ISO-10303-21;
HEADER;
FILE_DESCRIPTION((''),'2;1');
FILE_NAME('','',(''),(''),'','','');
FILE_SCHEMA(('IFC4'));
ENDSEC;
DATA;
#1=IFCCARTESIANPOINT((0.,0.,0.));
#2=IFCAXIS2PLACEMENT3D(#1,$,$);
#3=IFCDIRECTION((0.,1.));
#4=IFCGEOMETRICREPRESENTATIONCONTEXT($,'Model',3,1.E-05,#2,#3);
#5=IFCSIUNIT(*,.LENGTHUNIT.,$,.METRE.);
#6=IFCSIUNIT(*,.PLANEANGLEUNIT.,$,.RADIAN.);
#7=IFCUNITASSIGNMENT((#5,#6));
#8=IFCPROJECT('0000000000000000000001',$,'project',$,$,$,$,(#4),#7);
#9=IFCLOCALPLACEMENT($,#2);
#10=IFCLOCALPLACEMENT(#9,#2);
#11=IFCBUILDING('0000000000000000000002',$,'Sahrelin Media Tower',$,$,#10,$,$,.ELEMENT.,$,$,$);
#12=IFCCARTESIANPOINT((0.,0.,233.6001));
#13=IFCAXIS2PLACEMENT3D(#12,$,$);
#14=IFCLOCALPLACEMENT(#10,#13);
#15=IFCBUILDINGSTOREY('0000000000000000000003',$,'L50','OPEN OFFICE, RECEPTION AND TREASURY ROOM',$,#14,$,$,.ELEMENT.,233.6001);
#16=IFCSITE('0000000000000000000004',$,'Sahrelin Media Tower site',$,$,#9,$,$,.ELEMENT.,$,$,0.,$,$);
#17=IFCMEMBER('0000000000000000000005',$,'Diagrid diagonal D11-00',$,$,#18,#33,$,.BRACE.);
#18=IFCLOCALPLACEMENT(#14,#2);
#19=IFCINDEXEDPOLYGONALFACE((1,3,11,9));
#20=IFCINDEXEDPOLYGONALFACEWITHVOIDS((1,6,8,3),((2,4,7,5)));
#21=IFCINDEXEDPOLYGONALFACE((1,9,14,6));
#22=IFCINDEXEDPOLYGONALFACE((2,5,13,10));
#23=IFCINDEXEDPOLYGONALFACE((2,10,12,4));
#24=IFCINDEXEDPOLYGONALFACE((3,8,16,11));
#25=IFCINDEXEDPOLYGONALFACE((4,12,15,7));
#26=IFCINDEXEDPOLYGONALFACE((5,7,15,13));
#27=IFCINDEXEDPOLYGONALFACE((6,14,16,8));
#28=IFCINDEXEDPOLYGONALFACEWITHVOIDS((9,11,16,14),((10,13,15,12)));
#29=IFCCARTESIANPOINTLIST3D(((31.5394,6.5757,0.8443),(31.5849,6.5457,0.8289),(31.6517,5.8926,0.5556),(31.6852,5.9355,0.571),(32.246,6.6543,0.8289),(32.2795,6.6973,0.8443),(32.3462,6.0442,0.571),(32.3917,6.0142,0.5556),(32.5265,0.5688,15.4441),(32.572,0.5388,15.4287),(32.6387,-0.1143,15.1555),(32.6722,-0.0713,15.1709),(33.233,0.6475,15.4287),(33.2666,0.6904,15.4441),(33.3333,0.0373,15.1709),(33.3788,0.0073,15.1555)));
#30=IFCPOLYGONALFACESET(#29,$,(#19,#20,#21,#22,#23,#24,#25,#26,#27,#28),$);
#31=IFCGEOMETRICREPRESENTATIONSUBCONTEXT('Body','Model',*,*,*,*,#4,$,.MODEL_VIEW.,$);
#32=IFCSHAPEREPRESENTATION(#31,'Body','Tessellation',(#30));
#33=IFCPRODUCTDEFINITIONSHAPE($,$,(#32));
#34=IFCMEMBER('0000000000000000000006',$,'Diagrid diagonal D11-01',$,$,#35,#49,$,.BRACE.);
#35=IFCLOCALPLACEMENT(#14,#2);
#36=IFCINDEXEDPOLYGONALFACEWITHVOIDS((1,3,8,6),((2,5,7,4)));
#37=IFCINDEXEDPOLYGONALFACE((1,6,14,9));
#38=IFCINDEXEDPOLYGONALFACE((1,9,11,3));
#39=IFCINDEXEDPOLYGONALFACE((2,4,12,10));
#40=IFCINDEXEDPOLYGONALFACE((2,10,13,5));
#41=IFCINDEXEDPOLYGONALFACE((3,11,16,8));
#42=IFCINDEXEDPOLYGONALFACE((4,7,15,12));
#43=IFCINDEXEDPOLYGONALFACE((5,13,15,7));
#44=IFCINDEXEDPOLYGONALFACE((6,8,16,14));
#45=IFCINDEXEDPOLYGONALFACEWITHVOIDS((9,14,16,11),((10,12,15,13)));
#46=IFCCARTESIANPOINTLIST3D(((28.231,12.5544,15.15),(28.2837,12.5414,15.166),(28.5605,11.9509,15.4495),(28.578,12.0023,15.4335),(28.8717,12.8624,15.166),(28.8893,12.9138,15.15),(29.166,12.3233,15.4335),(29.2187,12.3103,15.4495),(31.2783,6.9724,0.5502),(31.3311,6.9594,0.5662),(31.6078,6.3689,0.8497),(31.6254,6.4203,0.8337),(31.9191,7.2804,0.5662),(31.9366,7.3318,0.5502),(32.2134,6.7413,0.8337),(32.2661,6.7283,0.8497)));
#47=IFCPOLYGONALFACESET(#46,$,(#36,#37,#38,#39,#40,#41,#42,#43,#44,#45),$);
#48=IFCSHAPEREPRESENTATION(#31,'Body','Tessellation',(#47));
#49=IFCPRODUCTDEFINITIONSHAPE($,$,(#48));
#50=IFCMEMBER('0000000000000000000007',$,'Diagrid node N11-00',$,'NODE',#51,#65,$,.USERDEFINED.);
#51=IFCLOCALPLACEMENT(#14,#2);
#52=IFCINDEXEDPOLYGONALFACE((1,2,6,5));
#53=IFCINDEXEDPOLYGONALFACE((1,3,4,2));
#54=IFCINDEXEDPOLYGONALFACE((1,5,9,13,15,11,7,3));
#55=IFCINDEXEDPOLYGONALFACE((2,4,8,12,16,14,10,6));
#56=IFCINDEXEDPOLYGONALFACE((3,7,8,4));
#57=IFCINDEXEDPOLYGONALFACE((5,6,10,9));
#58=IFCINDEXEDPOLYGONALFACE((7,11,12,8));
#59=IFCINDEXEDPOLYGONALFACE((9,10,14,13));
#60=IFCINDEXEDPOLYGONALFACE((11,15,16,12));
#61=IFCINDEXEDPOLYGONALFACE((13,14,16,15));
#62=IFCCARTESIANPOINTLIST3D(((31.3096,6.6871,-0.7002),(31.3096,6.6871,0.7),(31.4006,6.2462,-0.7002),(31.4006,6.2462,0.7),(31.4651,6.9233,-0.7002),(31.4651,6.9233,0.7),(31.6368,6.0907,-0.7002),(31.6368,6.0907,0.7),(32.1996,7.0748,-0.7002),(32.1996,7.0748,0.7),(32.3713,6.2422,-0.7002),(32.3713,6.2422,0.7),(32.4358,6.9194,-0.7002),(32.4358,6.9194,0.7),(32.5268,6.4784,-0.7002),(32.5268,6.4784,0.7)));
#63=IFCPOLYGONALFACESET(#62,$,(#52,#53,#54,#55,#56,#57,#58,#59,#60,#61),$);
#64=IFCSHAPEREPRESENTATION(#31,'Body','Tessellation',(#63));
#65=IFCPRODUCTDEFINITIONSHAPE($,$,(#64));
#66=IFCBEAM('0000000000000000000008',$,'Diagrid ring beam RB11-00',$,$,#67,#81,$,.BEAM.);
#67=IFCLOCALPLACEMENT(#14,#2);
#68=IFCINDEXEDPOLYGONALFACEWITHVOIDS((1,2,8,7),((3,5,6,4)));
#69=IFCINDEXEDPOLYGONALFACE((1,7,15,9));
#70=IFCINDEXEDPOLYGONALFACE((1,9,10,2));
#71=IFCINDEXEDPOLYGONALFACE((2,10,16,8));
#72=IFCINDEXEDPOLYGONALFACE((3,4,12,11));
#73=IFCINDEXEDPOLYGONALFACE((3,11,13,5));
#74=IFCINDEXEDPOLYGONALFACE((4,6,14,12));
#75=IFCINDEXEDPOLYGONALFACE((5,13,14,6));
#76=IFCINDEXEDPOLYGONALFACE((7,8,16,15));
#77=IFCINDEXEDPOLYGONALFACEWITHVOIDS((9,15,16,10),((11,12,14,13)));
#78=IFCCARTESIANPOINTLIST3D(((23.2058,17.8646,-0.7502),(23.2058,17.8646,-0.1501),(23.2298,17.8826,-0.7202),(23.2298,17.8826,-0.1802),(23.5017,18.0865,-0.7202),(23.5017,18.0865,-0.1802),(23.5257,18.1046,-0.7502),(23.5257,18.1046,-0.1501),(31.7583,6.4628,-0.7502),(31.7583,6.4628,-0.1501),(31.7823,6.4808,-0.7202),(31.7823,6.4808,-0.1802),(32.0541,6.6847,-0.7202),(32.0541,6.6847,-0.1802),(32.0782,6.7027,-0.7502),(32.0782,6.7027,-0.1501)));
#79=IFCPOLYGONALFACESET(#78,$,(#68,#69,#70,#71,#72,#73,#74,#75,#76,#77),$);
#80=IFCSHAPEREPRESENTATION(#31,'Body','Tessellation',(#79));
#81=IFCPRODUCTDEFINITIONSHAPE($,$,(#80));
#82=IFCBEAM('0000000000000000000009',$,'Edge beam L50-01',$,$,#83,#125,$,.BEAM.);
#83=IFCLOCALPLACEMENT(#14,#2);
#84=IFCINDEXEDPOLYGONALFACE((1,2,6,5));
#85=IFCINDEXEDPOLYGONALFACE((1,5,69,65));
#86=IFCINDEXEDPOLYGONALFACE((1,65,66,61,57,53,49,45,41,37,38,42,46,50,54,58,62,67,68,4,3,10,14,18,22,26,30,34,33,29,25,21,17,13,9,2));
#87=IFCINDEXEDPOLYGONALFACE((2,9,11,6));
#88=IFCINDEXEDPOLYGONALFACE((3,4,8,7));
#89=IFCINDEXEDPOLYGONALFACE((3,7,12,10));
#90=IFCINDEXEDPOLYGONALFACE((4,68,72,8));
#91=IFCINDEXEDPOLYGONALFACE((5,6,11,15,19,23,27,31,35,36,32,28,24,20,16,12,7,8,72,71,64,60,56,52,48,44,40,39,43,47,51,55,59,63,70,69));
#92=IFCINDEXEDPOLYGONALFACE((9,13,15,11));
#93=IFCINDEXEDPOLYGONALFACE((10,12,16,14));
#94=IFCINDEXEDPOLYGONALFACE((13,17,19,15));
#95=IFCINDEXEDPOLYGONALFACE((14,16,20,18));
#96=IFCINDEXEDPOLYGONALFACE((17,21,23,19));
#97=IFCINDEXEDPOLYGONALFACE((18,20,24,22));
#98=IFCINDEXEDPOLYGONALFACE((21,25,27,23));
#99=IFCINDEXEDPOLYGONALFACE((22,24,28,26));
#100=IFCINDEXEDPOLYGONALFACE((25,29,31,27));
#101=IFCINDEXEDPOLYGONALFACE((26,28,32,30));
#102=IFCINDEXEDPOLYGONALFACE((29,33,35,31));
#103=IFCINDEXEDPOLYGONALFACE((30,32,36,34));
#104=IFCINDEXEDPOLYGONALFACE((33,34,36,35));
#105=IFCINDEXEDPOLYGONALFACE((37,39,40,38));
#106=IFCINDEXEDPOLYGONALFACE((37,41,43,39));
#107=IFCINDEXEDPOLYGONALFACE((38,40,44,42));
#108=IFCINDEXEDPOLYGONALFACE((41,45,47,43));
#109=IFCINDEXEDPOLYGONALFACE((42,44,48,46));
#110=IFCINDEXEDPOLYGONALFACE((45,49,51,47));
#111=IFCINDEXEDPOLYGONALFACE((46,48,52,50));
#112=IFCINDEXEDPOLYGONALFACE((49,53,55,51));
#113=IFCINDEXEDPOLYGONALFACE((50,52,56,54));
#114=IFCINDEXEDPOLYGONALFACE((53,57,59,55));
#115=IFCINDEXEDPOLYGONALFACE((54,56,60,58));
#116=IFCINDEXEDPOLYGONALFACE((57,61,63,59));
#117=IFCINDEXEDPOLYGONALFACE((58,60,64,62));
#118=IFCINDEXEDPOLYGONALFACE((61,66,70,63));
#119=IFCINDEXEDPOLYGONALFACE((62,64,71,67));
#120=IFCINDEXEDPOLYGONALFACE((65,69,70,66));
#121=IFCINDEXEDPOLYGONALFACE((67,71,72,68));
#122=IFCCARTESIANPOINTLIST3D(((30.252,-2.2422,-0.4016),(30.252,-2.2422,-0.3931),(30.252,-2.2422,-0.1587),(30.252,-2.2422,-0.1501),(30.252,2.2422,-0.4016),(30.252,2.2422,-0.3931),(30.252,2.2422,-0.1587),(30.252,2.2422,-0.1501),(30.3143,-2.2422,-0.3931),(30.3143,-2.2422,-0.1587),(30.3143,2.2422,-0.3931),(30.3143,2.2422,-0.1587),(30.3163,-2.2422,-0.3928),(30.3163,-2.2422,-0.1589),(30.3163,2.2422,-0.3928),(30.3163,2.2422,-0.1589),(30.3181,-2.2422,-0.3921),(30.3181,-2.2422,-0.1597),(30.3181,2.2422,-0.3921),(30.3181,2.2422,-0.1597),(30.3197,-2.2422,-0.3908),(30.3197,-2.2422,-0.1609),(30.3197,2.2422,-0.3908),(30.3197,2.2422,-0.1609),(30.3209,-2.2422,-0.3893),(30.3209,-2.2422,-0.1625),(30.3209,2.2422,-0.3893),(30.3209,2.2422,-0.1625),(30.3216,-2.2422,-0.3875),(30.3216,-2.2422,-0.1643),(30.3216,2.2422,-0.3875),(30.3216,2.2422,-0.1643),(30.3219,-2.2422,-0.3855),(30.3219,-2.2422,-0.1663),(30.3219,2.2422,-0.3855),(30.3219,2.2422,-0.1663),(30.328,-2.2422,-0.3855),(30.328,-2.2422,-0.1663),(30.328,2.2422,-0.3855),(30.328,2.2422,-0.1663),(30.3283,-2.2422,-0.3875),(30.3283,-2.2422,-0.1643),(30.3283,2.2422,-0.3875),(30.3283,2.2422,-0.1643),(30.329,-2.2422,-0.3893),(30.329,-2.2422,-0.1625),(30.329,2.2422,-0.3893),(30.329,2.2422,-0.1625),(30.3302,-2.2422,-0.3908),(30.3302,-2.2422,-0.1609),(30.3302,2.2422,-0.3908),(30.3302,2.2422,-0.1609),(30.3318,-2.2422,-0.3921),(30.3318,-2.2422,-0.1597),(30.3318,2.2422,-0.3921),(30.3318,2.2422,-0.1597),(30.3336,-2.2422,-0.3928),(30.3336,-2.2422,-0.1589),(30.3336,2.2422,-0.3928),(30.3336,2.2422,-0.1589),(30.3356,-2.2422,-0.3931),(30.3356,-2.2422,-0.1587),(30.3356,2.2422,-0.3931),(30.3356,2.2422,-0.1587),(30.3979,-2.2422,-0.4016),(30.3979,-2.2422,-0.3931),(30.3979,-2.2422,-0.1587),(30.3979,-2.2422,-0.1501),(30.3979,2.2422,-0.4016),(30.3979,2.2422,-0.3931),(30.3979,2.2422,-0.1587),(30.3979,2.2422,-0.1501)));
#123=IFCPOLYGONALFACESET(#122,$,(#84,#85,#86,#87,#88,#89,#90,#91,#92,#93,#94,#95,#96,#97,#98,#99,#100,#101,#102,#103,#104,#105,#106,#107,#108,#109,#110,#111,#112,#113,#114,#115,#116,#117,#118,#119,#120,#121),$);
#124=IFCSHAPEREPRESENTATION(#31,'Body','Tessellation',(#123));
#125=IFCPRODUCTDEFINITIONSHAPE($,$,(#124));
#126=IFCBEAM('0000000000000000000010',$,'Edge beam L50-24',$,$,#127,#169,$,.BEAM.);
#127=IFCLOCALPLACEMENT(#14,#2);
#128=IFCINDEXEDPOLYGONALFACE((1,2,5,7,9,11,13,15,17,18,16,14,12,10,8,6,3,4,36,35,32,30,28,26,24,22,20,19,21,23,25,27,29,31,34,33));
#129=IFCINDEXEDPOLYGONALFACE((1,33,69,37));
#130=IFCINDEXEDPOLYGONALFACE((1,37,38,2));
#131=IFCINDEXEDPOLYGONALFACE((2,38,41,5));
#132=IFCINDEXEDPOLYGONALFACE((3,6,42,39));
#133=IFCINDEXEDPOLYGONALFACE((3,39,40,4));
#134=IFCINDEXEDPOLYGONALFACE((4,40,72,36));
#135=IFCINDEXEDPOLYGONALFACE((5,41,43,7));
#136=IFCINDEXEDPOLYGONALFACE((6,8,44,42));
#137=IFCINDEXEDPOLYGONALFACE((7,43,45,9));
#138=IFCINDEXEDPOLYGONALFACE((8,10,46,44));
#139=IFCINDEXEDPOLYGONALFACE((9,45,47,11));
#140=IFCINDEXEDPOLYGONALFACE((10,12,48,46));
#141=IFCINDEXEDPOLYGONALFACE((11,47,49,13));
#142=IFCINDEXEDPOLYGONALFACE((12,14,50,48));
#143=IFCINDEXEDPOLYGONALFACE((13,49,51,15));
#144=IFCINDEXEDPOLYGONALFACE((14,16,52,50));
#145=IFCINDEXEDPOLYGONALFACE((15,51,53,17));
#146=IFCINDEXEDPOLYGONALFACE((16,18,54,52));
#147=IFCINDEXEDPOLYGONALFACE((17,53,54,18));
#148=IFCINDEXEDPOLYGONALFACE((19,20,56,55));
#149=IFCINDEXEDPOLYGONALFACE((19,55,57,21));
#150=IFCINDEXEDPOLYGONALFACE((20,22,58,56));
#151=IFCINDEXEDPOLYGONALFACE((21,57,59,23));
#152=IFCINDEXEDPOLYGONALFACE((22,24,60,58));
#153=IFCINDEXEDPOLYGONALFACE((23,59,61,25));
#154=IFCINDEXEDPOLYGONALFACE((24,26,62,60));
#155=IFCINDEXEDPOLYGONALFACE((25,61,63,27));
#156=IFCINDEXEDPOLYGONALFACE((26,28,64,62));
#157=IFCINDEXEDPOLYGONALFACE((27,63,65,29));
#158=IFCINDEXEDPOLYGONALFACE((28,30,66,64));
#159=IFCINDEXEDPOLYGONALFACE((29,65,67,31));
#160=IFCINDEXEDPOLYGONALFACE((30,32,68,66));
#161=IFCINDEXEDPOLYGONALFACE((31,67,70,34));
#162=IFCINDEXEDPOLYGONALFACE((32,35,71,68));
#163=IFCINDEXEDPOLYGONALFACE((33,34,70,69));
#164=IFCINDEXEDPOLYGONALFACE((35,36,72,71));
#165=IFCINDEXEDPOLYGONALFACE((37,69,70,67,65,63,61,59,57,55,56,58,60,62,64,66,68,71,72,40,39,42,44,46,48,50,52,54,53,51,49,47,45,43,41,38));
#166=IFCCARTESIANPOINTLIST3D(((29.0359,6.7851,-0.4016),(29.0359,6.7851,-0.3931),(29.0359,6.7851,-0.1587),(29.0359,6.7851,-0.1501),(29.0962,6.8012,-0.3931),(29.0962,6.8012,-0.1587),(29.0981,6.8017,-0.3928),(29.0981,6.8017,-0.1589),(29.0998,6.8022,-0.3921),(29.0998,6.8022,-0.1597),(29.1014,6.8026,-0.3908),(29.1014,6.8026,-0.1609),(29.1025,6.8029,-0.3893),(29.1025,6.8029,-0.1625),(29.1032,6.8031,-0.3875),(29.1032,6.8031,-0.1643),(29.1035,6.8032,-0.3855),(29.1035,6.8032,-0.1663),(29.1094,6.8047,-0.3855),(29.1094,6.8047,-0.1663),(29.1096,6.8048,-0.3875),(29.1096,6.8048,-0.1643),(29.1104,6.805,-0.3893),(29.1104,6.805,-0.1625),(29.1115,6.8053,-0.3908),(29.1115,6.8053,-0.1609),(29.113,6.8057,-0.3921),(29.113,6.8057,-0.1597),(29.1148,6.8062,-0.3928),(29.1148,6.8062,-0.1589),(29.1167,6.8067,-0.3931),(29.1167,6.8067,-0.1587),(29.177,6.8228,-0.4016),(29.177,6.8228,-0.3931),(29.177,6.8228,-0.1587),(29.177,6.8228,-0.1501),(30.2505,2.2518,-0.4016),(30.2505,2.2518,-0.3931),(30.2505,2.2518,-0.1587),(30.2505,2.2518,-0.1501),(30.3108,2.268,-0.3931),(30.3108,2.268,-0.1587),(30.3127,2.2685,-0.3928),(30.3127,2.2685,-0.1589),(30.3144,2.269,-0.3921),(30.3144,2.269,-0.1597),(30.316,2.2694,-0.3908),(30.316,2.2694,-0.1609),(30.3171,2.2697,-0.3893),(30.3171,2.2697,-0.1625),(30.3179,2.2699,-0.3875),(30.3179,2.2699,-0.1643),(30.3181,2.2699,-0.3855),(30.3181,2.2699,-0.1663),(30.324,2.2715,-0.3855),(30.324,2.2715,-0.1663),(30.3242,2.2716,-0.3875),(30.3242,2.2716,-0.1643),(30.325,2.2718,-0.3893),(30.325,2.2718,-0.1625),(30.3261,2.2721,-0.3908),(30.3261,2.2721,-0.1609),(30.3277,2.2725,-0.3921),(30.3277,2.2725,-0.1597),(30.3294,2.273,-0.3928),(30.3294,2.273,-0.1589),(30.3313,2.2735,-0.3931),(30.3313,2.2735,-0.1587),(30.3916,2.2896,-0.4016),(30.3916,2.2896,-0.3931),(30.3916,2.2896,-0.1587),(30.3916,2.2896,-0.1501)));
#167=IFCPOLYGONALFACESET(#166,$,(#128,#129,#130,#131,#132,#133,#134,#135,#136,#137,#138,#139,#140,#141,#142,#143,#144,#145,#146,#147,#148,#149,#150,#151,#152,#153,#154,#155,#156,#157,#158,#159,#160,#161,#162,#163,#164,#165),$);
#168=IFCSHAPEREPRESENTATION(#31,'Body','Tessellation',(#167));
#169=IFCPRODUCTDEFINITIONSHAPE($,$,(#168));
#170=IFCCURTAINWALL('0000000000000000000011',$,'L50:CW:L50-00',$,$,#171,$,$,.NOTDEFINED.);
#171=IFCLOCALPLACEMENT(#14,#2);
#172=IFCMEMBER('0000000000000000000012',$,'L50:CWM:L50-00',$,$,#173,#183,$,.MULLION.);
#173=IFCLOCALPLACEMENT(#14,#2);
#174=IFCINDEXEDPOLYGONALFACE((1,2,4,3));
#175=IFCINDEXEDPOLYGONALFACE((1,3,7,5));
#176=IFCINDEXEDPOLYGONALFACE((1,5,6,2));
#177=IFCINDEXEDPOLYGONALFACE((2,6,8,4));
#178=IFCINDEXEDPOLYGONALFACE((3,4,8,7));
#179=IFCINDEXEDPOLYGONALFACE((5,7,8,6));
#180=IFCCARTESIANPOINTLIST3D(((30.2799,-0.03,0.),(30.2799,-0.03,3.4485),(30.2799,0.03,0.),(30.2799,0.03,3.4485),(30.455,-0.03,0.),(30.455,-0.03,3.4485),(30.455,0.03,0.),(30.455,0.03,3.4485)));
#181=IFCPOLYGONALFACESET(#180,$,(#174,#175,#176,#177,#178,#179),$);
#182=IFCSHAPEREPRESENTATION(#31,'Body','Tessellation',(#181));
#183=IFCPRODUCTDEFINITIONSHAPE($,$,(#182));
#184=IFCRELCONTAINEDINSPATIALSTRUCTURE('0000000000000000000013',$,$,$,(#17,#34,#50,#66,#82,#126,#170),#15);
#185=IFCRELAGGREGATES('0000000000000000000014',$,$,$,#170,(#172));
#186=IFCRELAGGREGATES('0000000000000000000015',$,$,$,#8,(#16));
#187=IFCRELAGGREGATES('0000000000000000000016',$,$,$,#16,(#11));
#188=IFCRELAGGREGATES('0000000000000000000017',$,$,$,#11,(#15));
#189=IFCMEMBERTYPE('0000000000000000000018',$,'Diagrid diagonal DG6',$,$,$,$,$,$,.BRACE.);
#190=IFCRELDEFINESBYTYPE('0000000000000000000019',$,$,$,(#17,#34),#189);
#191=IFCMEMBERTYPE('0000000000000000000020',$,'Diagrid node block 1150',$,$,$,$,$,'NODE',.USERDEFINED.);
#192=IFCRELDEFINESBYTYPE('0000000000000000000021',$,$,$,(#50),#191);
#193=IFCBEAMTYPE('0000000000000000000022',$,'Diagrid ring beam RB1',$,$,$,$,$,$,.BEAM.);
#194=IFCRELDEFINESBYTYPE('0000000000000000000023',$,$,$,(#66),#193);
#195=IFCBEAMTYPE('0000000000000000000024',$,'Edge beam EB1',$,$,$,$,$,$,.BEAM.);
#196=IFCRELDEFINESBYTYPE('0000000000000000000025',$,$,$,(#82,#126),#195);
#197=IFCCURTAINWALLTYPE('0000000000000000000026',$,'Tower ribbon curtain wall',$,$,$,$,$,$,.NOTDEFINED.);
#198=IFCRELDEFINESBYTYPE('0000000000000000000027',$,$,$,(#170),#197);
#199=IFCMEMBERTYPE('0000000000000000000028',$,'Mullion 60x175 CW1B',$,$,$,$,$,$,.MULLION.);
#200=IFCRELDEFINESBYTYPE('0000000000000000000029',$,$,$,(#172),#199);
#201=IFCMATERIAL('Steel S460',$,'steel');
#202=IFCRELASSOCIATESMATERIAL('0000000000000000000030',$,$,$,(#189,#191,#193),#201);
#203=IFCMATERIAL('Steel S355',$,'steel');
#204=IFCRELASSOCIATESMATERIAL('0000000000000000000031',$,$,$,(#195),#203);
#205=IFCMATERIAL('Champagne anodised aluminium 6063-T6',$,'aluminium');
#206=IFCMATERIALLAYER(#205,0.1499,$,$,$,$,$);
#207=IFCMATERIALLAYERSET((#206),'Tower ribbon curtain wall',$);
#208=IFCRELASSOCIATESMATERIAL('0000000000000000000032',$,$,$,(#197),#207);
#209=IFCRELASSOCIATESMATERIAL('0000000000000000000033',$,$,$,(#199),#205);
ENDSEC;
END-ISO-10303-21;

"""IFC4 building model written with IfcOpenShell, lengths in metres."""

from ifc_helpers import new_model, si_unit, direction, frame, origin, origin_2d, place, context, subcontext, project, spatial, polyline, rectangle, hollow_rectangle, i_section, outline, extrude, material, layer, layer_set, material_profile, profile_set, type_object, element, aggregate, save


model = new_model("IFC4")

# Units and contexts
model_context = context("Model", 3, precision=1e-05, world=origin(), true_north=direction((0.0, 1.0)))
body_context = subcontext(model_context, "Body", "Model", "MODEL_VIEW")
ifc_project = project(units=[si_unit("LENGTHUNIT", "METRE"), si_unit("PLANEANGLEUNIT", "RADIAN")], contexts=[model_context])

# Site, building, storey
site_placement = place(None, origin())
site = spatial("IfcSite", under=ifc_project, at=site_placement, Name="Sahrelin Media Tower site", CompositionType="ELEMENT", RefElevation=0.0)
building_placement = place(site_placement, origin())
building = spatial("IfcBuilding", under=site, at=building_placement, Name="Sahrelin Media Tower", CompositionType="ELEMENT")
storey_placement = place(building_placement, frame((0.0, 0.0, 233.6001)))
storey = spatial("IfcBuildingStorey", under=building, at=storey_placement, Name="L50", Description="OPEN OFFICE, RECEPTION AND TREASURY ROOM", CompositionType="ELEMENT", Elevation=233.6001)

# Members
ifc_material_1 = material(Name="Steel S460", Category="steel")
ifc_material_profile_1 = material_profile(ifc_material_1, hollow_rectangle(XDim=0.75, YDim=0.75, WallThickness=0.04, at=origin_2d()), Name="Diagrid diagonal DG6")
ifc_profile_set_1 = profile_set([ifc_material_profile_1], Name="Steel S460")
member_type_1 = type_object("IfcMemberType", Name="Diagrid diagonal DG6", PredefinedType="BRACE", material=ifc_profile_set_1)
member_1_placement = place(storey_placement, frame((31.9656, 6.2949, 0.7), z_axis=(0.062401, -0.379745, 0.922984), x_axis=(0.986766, 0.162148, 0.0)))
element("IfcMember", 1, at=member_1_placement, inside=storey, type_object=member_type_1, Name="Diagrid diagonal D11-00", PredefinedType="BRACE", context=body_context, shape_type="SweptSolid", body=[
    extrude(hollow_rectangle(XDim=0.75, YDim=0.75, WallThickness=0.04, at=origin_2d()), origin(), (0.0, 0.0, 1.0), 15.8181),
])
member_2_placement = place(storey_placement, frame((31.7722, 6.8503, 0.7), z_axis=(-0.191359, 0.350523, 0.916796), x_axis=(-0.877722, -0.479169, 0.0)))
element("IfcMember", 2, at=member_2_placement, inside=storey, type_object=member_type_1, Name="Diagrid diagonal D11-01", PredefinedType="BRACE", context=body_context, shape_type="SweptSolid", body=[
    extrude(hollow_rectangle(XDim=0.75, YDim=0.75, WallThickness=0.04, at=origin_2d()), origin(), (0.0, 0.0, 1.0), 15.9248),
])
ifc_material_profile_2 = material_profile(ifc_material_1, outline(polyline([(0.375, -0.425), (0.575, -0.2251), (0.575, 0.2251), (0.375, 0.425), (-0.375, 0.425), (-0.575, 0.2251), (-0.575, -0.2251), (-0.375, -0.425), (0.375, -0.425)])), Name="Diagrid node block 1150")
ifc_profile_set_2 = profile_set([ifc_material_profile_2], Name="Steel S460")
member_type_2 = type_object("IfcMemberType", Name="Diagrid node block 1150", ElementType="NODE", PredefinedType="USERDEFINED", material=ifc_profile_set_2)
member_3_placement = place(storey_placement, frame((31.9182, 6.5828, -0.7002), z_axis=(0.0, 0.0, 1.0), x_axis=(0.979388, 0.201989, 0.0)))
element("IfcMember", 3, at=member_3_placement, inside=storey, type_object=member_type_2, Name="Diagrid node N11-00", ObjectType="NODE", PredefinedType="USERDEFINED", context=body_context, shape_type="SweptSolid", body=[
    extrude(outline(polyline([(0.375, -0.425), (0.575, -0.2251), (0.575, 0.2251), (0.375, 0.425), (-0.375, 0.425), (-0.575, 0.2251), (-0.575, -0.2251), (-0.375, -0.425), (0.375, -0.425)])), origin(), (0.0, 0.0, 1.0), 1.4001),
])

# Beams
ifc_material_profile_3 = material_profile(ifc_material_1, hollow_rectangle(XDim=0.3999, YDim=0.6001, WallThickness=0.03, at=origin_2d()), Name="Diagrid ring beam RB1")
ifc_profile_set_3 = profile_set([ifc_material_profile_3], Name="Steel S460")
beam_type_1 = type_object("IfcBeamType", Name="Diagrid ring beam RB1", PredefinedType="BEAM", material=ifc_profile_set_3)
beam_1_placement = place(storey_placement, frame((31.9182, 6.5828, -0.4502), z_axis=(-0.600049, 0.799963, 0.0), x_axis=(-0.799963, -0.600049, 0.0)))
element("IfcBeam", 4, at=beam_1_placement, inside=storey, type_object=beam_type_1, Name="Diagrid ring beam RB11-00", PredefinedType="BEAM", context=body_context, shape_type="SweptSolid", body=[
    extrude(hollow_rectangle(XDim=0.3999, YDim=0.6001, WallThickness=0.03, at=origin_2d()), origin(), (0.0, 0.0, 1.0), 14.2529),
])
ifc_material_2 = material(Name="Steel S355", Category="steel")
ifc_material_profile_4 = material_profile(ifc_material_2, i_section(OverallWidth=0.146, OverallDepth=0.2515, WebThickness=0.0061, FlangeThickness=0.0085, FilletRadius=0.0076, at=origin_2d()), Name="UB 254x146x31")
ifc_profile_set_4 = profile_set([ifc_material_profile_4], Name="Steel S355")
beam_type_2 = type_object("IfcBeamType", Name="Edge beam EB1", PredefinedType="BEAM", material=ifc_profile_set_4)
beam_2_placement = place(storey_placement, frame((30.325, 2.2422, -0.2759), z_axis=(0.0, -1.0, 0.0), x_axis=(1.0, 0.0, 0.0)))
element("IfcBeam", 5, at=beam_2_placement, inside=storey, type_object=beam_type_2, Name="Edge beam L50-01", PredefinedType="BEAM", context=body_context, shape_type="SweptSolid", body=[
    extrude(i_section(OverallWidth=0.146, OverallDepth=0.2515, WebThickness=0.0061, FlangeThickness=0.0085, FilletRadius=0.0076, at=origin_2d()), origin(), (0.0, 0.0, 1.0), 4.4844),
])
beam_3_placement = place(storey_placement, frame((29.1064, 6.804, -0.2759), z_axis=(0.258805, -0.965929, 0.0), x_axis=(0.965929, 0.258805, 0.0)))
element("IfcBeam", 6, at=beam_3_placement, inside=storey, type_object=beam_type_2, Name="Edge beam L50-24", PredefinedType="BEAM", context=body_context, shape_type="SweptSolid", body=[
    extrude(i_section(OverallWidth=0.146, OverallDepth=0.2515, WebThickness=0.0061, FlangeThickness=0.0085, FilletRadius=0.0076, at=origin_2d()), origin(), (0.0, 0.0, 1.0), 4.6931),
])

# Curtain wall, member
ifc_material_3 = material(Name="Champagne anodised aluminium 6063-T6", Category="aluminium")
ifc_layer_1 = layer(ifc_material_3, 0.1499)
ifc_layer_set_1 = layer_set([ifc_layer_1], Name="Tower ribbon curtain wall")
curtain_wall_type = type_object("IfcCurtainWallType", Name="Tower ribbon curtain wall", PredefinedType="NOTDEFINED", material=ifc_layer_set_1)
curtain_wall_1_placement = place(storey_placement, frame((30.4749, 0.0, 0.0), z_axis=(0.0, 0.0, 1.0), x_axis=(1.0, 0.0, 0.0)))
curtain_wall_1 = element("IfcCurtainWall", 7, at=curtain_wall_1_placement, inside=storey, type_object=curtain_wall_type, Name="L50:CW:L50-00", PredefinedType="NOTDEFINED")
ifc_material_profile_5 = material_profile(ifc_material_3, rectangle(XDim=0.0601, YDim=0.175, at=origin_2d()), Name="Mullion 60x175")
ifc_profile_set_5 = profile_set([ifc_material_profile_5], Name="Champagne anodised aluminium 6063-T6")
member_type_3 = type_object("IfcMemberType", Name="Mullion 60x175 CW1B", PredefinedType="MULLION", material=ifc_profile_set_5)
member_4_placement = place(storey_placement, frame((30.3674, 0.0, 0.0), z_axis=(0.0, 0.0, 1.0), x_axis=(0.0, 1.0, 0.0)))
member_4 = element("IfcMember", 8, at=member_4_placement, type_object=member_type_3, Name="L50:CWM:L50-00", PredefinedType="MULLION", context=body_context, shape_type="SweptSolid", body=[
    extrude(rectangle(XDim=0.0601, YDim=0.175, at=origin_2d()), origin(), (0.0, 0.0, 1.0), 3.4485),
])
aggregate(curtain_wall_1, [member_4])

save(model, "model.ifc")
